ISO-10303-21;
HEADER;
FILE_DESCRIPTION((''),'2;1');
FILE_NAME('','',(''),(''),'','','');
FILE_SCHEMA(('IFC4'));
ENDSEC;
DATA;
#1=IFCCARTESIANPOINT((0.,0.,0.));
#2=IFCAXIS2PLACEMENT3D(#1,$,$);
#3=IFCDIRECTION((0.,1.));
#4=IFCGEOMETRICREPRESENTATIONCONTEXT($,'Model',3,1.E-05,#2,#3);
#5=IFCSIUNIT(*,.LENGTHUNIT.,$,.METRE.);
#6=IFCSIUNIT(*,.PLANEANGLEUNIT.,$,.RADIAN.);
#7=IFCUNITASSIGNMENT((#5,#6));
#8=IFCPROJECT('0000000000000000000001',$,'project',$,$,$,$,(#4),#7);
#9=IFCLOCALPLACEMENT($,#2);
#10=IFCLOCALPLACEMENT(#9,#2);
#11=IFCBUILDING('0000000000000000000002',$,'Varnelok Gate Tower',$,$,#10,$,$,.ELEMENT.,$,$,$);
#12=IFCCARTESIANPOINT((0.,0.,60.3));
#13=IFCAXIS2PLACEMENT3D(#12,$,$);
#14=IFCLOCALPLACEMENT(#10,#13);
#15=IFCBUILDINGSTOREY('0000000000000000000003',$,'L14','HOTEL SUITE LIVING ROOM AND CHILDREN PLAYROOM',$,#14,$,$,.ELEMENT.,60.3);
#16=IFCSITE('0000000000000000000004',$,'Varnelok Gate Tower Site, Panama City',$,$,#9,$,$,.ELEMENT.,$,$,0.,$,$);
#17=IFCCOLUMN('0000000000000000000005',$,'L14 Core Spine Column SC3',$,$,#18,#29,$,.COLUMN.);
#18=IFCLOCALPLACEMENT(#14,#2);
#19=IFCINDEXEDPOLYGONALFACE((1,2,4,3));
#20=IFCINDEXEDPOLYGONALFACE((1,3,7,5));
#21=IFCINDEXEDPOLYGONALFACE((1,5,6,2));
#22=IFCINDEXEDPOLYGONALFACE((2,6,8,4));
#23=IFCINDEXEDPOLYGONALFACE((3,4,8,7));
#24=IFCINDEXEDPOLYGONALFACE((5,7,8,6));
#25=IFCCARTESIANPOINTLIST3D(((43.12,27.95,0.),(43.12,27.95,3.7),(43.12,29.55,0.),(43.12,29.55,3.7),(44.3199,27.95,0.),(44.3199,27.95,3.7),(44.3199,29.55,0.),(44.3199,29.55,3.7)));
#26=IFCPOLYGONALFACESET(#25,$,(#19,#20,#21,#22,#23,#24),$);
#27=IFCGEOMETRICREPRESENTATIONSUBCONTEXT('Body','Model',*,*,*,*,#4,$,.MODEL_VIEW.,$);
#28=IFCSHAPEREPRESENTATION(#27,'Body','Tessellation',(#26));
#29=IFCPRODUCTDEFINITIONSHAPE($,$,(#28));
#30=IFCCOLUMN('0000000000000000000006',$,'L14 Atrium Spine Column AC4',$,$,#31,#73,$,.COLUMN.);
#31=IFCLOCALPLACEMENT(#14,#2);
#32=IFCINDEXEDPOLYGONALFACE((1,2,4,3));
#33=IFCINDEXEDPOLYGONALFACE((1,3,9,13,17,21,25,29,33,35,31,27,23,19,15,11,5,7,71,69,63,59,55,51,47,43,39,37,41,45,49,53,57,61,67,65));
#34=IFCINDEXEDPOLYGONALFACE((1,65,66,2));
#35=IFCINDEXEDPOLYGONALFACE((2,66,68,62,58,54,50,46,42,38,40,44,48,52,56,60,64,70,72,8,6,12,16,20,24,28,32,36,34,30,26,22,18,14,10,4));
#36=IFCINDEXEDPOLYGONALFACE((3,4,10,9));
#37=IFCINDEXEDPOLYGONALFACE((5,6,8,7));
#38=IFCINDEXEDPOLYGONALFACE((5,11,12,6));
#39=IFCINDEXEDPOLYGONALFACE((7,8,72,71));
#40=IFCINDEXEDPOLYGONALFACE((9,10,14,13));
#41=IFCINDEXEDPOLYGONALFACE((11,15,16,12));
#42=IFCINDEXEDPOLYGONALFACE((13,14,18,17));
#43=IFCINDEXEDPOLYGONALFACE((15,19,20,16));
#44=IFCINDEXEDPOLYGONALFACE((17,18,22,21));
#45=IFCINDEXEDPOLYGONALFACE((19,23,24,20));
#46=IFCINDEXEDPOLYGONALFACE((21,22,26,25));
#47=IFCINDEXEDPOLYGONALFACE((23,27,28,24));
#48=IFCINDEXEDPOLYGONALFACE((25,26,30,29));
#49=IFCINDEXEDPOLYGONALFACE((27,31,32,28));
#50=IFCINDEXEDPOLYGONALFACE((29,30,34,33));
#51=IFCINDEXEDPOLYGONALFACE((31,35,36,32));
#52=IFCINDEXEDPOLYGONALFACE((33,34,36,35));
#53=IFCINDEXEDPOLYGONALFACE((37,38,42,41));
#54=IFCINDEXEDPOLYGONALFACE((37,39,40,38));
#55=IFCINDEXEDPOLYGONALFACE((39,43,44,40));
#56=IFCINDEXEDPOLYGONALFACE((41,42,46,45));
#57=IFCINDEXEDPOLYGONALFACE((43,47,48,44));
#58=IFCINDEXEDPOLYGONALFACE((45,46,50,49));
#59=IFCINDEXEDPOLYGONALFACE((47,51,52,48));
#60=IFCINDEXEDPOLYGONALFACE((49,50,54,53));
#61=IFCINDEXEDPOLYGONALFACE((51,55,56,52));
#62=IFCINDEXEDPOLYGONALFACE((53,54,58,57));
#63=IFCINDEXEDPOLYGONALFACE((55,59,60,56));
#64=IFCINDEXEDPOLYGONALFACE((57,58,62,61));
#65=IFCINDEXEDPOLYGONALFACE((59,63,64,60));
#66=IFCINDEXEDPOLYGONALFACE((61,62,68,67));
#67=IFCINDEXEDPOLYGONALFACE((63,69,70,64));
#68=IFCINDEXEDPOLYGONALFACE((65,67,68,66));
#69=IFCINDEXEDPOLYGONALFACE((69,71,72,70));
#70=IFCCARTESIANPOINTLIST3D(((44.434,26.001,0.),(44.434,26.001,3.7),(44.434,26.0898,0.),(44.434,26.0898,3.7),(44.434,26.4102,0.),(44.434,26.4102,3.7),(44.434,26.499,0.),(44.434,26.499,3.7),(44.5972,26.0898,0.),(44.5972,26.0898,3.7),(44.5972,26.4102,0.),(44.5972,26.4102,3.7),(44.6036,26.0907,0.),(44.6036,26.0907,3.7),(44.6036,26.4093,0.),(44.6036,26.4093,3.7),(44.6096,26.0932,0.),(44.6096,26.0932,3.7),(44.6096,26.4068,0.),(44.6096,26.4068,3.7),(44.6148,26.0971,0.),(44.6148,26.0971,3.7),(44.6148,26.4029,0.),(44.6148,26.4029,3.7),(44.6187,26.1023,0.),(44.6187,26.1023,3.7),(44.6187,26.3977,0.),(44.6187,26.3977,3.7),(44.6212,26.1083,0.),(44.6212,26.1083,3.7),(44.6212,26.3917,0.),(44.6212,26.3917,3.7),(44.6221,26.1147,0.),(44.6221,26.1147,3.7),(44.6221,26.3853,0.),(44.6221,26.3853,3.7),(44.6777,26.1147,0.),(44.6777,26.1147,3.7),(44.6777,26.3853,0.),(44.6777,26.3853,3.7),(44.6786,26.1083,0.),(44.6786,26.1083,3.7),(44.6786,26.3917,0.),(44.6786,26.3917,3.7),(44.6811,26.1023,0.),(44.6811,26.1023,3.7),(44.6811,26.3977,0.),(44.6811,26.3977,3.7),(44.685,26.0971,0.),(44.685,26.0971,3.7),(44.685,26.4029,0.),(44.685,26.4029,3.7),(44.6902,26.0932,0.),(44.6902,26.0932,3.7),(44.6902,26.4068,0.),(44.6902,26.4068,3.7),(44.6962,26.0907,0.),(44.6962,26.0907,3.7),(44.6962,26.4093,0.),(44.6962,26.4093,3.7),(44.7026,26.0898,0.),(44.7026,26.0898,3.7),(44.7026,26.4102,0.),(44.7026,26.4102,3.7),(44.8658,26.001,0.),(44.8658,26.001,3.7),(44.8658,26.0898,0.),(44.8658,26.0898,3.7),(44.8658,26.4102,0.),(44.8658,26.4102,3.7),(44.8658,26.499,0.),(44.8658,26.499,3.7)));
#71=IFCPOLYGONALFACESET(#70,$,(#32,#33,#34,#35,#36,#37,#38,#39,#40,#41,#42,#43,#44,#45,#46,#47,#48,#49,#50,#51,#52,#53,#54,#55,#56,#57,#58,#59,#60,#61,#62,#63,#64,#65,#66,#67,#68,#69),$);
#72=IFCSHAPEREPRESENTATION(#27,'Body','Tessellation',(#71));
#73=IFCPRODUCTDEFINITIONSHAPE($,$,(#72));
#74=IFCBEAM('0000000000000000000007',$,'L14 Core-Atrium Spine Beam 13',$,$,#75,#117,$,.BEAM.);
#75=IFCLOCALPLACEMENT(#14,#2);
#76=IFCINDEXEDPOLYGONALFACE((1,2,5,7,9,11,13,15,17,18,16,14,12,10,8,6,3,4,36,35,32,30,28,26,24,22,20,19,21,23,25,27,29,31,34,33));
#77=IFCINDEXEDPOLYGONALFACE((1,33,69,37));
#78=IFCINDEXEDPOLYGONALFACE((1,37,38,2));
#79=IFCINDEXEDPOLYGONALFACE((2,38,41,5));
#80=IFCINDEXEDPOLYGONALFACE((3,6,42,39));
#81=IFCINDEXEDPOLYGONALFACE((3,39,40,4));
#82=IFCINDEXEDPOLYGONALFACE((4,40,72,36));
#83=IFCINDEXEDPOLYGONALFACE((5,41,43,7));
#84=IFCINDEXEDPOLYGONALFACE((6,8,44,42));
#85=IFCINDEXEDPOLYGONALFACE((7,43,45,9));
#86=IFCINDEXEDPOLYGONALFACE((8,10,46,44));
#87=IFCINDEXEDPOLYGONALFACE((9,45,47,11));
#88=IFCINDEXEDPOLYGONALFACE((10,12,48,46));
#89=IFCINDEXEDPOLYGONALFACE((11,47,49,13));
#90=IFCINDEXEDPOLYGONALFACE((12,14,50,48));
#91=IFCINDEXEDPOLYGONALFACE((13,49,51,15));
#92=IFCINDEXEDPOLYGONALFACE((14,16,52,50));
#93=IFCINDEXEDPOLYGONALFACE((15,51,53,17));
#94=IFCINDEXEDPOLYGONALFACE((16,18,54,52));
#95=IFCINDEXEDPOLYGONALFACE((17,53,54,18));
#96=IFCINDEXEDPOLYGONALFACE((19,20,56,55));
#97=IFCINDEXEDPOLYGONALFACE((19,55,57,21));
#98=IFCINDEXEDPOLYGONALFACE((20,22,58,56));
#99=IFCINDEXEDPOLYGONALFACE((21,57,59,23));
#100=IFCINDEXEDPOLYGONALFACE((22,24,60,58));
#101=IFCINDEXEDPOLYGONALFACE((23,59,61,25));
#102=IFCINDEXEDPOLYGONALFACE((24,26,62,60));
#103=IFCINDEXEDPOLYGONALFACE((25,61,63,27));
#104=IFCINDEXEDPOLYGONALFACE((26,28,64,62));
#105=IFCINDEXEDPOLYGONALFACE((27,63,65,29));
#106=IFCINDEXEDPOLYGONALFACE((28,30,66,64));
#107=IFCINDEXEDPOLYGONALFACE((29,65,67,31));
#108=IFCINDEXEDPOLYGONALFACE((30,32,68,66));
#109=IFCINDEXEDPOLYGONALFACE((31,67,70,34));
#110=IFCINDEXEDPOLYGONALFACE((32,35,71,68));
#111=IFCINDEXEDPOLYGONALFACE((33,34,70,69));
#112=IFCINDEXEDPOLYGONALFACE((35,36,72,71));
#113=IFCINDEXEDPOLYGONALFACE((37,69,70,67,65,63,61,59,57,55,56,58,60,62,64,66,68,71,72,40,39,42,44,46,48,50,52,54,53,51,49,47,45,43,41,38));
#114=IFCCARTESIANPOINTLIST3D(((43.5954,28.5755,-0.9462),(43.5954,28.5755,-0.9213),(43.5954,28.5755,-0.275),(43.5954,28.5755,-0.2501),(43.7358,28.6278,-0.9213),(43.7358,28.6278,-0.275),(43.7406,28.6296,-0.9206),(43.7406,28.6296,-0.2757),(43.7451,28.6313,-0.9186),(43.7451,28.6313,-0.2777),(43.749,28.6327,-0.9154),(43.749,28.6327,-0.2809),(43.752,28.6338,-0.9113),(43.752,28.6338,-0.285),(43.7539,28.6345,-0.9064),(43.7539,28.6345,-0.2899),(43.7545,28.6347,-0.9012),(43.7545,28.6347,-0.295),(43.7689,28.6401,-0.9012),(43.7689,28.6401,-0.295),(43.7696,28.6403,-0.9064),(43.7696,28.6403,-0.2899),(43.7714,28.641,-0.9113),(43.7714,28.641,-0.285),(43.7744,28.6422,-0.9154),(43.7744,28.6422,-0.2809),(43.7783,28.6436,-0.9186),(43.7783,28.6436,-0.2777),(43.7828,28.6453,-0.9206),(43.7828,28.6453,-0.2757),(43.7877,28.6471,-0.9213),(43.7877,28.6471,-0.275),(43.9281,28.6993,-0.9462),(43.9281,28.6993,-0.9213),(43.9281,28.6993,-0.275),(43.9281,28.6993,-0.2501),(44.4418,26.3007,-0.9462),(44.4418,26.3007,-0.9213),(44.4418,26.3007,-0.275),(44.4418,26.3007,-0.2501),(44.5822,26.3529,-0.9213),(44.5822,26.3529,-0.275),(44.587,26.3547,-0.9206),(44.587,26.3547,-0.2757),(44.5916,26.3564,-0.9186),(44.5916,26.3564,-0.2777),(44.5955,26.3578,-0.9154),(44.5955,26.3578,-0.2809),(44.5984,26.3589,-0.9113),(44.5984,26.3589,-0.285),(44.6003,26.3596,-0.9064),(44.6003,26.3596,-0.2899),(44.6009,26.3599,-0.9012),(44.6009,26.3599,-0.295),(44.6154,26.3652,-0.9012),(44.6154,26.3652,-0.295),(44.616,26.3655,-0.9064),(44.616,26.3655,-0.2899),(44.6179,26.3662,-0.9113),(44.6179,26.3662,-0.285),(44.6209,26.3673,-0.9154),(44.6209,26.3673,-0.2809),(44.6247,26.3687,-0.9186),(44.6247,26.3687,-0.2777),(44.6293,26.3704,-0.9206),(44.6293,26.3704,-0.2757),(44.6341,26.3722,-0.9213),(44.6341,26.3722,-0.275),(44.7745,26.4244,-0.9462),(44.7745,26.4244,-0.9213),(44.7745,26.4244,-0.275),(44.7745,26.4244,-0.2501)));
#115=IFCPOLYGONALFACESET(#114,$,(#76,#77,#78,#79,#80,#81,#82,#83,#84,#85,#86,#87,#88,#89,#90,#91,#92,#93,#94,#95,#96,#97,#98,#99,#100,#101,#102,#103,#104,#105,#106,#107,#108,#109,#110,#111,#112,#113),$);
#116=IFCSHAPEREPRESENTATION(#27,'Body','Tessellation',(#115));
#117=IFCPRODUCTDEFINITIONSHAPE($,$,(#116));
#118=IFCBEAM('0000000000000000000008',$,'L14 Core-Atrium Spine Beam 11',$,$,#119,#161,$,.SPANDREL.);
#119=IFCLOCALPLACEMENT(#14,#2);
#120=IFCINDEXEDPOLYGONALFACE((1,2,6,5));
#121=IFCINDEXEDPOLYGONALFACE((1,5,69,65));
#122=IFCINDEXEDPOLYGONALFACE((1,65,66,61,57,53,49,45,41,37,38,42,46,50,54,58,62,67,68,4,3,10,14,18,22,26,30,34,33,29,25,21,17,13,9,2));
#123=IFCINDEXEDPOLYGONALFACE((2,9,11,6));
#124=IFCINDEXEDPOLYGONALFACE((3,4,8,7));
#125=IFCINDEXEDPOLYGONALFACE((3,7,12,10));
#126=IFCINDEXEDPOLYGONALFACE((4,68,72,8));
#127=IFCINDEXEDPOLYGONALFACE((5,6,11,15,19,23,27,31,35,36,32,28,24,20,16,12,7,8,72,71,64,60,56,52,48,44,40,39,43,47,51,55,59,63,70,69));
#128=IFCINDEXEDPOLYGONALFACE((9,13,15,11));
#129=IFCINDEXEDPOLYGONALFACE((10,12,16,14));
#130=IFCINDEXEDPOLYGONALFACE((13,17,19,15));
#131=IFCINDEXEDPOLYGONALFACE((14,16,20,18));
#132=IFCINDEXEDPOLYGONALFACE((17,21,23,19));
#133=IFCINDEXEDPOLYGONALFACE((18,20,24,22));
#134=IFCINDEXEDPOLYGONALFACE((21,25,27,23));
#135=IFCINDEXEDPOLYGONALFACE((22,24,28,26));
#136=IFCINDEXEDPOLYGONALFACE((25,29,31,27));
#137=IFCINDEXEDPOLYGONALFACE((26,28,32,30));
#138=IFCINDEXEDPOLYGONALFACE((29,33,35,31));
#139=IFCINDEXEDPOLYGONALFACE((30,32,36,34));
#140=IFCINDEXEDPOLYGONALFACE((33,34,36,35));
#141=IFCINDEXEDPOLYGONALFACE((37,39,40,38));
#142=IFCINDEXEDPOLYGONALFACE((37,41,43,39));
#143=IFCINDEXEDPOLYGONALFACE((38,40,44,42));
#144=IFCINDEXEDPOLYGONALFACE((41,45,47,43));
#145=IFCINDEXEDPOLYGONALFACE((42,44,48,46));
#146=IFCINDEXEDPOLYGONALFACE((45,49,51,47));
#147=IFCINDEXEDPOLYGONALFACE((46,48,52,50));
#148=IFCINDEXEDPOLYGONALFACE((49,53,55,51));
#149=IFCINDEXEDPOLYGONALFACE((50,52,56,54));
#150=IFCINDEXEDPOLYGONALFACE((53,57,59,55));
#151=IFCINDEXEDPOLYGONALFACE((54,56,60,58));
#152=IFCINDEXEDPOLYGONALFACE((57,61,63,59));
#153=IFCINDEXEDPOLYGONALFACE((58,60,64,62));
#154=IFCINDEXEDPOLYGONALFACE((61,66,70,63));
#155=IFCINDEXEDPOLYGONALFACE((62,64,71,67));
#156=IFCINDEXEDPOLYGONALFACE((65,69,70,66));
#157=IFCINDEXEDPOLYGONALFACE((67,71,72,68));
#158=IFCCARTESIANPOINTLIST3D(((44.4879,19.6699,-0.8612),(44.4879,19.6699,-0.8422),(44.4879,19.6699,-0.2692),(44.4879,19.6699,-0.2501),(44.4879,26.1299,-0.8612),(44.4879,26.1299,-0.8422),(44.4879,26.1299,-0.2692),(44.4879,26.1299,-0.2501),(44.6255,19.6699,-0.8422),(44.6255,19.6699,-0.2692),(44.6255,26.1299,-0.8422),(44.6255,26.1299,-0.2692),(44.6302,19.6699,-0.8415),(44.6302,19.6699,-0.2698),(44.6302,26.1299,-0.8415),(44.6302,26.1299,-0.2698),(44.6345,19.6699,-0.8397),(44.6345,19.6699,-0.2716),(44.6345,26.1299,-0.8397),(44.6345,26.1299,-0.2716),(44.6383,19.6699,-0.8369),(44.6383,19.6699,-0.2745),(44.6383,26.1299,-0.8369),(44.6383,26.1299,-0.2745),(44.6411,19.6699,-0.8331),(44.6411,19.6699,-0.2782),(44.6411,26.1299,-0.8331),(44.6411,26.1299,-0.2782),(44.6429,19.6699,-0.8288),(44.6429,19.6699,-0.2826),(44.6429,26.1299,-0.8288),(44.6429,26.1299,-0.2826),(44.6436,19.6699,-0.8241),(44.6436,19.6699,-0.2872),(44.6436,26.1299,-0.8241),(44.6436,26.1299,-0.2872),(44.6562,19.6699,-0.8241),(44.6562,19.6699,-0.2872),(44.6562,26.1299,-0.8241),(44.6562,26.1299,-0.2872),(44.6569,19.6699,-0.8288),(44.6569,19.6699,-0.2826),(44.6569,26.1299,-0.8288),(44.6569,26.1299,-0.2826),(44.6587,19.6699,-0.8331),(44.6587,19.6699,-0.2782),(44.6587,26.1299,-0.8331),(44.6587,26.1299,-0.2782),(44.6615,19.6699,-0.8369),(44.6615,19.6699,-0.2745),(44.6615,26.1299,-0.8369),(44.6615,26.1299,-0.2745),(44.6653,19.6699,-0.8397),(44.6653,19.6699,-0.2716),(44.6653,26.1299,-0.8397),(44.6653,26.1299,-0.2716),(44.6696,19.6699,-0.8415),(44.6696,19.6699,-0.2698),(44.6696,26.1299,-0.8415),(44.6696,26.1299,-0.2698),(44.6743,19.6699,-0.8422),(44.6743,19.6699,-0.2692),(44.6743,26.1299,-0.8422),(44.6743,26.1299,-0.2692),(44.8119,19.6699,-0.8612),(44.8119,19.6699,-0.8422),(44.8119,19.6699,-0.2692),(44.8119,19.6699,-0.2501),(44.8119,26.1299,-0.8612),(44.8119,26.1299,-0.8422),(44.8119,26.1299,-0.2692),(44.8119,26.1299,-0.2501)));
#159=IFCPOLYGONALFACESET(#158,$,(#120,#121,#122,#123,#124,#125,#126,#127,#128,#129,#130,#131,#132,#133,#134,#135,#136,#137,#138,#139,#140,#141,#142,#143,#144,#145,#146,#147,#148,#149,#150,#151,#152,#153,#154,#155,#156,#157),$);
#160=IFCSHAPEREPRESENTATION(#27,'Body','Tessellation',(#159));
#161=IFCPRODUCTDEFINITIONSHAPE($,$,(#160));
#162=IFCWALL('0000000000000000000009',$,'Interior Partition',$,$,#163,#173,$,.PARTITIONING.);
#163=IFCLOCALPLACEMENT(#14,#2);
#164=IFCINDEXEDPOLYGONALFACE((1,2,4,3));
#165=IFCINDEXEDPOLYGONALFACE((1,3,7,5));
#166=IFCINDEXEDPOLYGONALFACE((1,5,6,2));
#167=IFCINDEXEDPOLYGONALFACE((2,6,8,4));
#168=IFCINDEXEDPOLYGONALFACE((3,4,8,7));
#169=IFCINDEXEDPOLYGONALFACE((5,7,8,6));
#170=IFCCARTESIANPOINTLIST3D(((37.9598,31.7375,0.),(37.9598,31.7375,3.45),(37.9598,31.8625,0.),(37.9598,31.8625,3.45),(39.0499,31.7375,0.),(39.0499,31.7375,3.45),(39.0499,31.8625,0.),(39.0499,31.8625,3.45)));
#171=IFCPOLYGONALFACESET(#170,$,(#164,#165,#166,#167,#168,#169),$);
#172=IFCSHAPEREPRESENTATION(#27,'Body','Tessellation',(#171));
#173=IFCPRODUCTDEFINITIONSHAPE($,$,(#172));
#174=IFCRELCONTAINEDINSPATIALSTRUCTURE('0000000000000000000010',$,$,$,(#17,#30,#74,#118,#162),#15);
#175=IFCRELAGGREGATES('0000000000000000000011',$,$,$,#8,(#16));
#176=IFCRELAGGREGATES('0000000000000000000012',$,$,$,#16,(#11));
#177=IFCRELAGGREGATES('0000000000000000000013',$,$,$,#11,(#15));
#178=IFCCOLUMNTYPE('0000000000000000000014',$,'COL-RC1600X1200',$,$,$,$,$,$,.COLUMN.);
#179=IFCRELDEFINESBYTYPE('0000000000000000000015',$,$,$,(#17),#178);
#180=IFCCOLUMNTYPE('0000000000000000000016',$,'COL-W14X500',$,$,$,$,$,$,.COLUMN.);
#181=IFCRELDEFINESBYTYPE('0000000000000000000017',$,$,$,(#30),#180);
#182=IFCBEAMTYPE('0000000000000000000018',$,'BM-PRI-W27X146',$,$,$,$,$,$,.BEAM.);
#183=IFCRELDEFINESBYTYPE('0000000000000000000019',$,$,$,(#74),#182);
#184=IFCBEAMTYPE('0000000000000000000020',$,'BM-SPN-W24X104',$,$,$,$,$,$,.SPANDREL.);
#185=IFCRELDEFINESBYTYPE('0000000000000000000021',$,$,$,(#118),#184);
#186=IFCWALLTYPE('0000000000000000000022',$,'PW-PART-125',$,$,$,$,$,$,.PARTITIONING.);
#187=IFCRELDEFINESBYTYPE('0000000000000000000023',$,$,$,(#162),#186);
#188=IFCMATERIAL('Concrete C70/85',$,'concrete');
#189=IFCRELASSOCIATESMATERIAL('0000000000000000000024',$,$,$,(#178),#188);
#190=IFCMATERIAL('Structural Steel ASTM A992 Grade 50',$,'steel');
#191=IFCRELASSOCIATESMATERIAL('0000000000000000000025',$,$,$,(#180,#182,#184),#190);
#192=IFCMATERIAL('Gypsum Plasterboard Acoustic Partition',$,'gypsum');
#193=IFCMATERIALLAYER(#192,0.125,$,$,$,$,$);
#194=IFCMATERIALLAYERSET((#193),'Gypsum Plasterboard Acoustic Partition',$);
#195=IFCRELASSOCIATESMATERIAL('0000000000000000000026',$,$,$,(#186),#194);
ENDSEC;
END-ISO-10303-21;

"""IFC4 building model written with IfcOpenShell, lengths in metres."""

from ifc_helpers import new_model, si_unit, direction, frame, frame_2d, origin, origin_2d, place, context, subcontext, project, spatial, rectangle, i_section, extrude, material, layer, layer_set, material_profile, profile_set, type_object, element, save


model = new_model("IFC4")

# Units and contexts
model_context = context("Model", 3, precision=1e-05, world=origin(), true_north=direction((0.0, 1.0)))
body_context = subcontext(model_context, "Body", "Model", "MODEL_VIEW")
ifc_project = project(units=[si_unit("LENGTHUNIT", "METRE"), si_unit("PLANEANGLEUNIT", "RADIAN")], contexts=[model_context])

# Site, building, storey
site_placement = place(None, origin())
site = spatial("IfcSite", under=ifc_project, at=site_placement, Name="Varnelok Gate Tower Site, Panama City", CompositionType="ELEMENT", RefElevation=0.0)
building_placement = place(site_placement, origin())
building = spatial("IfcBuilding", under=site, at=building_placement, Name="Varnelok Gate Tower", CompositionType="ELEMENT")
storey_placement = place(building_placement, frame((0.0, 0.0, 60.3)))
storey = spatial("IfcBuildingStorey", under=building, at=storey_placement, Name="L14", Description="HOTEL SUITE LIVING ROOM AND CHILDREN PLAYROOM", CompositionType="ELEMENT", Elevation=60.3)

# Columns
ifc_material_1 = material(Name="Concrete C70/85", Category="concrete")
ifc_material_profile_1 = material_profile(ifc_material_1, rectangle(XDim=1.2, YDim=1.6001, at=origin_2d()), Name="RC1600X1200")
ifc_profile_set_1 = profile_set([ifc_material_profile_1], Name="Concrete C70/85")
column_type_1 = type_object("IfcColumnType", Name="COL-RC1600X1200", PredefinedType="COLUMN", material=ifc_profile_set_1)
column_1_placement = place(storey_placement, frame((43.72, 28.75, 0.0), z_axis=(0.0, 0.0, 1.0), x_axis=(1.0, 0.0, 0.0)))
element("IfcColumn", 1, at=column_1_placement, inside=storey, type_object=column_type_1, Name="L14 Core Spine Column SC3", PredefinedType="COLUMN", context=body_context, shape_type="SweptSolid", body=[
    extrude(rectangle(XDim=1.2, YDim=1.6001, at=origin_2d()), origin(), (0.0, 0.0, 1.0), 3.7),
])
ifc_material_2 = material(Name="Structural Steel ASTM A992 Grade 50", Category="steel")
ifc_material_profile_2 = material_profile(ifc_material_2, i_section(OverallWidth=0.4319, OverallDepth=0.498, WebThickness=0.0557, FlangeThickness=0.0889, FilletRadius=0.0249, at=origin_2d()), Name="W14X500")
ifc_profile_set_2 = profile_set([ifc_material_profile_2], Name="Structural Steel ASTM A992 Grade 50")
column_type_2 = type_object("IfcColumnType", Name="COL-W14X500", PredefinedType="COLUMN", material=ifc_profile_set_2)
column_2_placement = place(storey_placement, frame((44.6499, 26.25, 0.0), z_axis=(0.0, 0.0, 1.0), x_axis=(1.0, 0.0, 0.0)))
element("IfcColumn", 2, at=column_2_placement, inside=storey, type_object=column_type_2, Name="L14 Atrium Spine Column AC4", PredefinedType="COLUMN", context=body_context, shape_type="SweptSolid", body=[
    extrude(i_section(OverallWidth=0.4319, OverallDepth=0.498, WebThickness=0.0557, FlangeThickness=0.0889, FilletRadius=0.0249, at=origin_2d()), origin(), (0.0, 0.0, 1.0), 3.7),
])

# Beams
ifc_material_profile_3 = material_profile(ifc_material_2, i_section(OverallWidth=0.355, OverallDepth=0.696, WebThickness=0.0154, FlangeThickness=0.0249, FilletRadius=0.02, at=origin_2d()), Name="W27X146")
ifc_profile_set_3 = profile_set([ifc_material_profile_3], Name="Structural Steel ASTM A992 Grade 50")
beam_type_1 = type_object("IfcBeamType", Name="BM-PRI-W27X146", PredefinedType="BEAM", material=ifc_profile_set_3)
beam_1_placement = place(storey_placement, frame((44.6082, 26.3625, -0.5981), z_axis=(-0.348719, 0.937227, 0.0), x_axis=(-0.937227, -0.348719, 0.0)))
element("IfcBeam", 3, at=beam_1_placement, inside=storey, type_object=beam_type_1, Name="L14 Core-Atrium Spine Beam 13", PredefinedType="BEAM", context=body_context, shape_type="SweptSolid", body=[
    extrude(i_section(OverallWidth=0.355, OverallDepth=0.696, WebThickness=0.0154, FlangeThickness=0.0249, FilletRadius=0.02, at=origin_2d()), origin(), (0.0, 0.0, 1.0), 2.4272),
])
ifc_material_profile_4 = material_profile(ifc_material_2, i_section(OverallWidth=0.324, OverallDepth=0.6111, WebThickness=0.0127, FlangeThickness=0.019, FilletRadius=0.0181, at=origin_2d()), Name="W24X104")
ifc_profile_set_4 = profile_set([ifc_material_profile_4], Name="Structural Steel ASTM A992 Grade 50")
beam_type_2 = type_object("IfcBeamType", Name="BM-SPN-W24X104", PredefinedType="SPANDREL", material=ifc_profile_set_4)
beam_2_placement = place(storey_placement, frame((44.6499, 19.6699, -0.5557), z_axis=(0.0, 1.0, 0.0), x_axis=(-1.0, 0.0, 0.0)))
element("IfcBeam", 4, at=beam_2_placement, inside=storey, type_object=beam_type_2, Name="L14 Core-Atrium Spine Beam 11", PredefinedType="SPANDREL", context=body_context, shape_type="SweptSolid", body=[
    extrude(i_section(OverallWidth=0.324, OverallDepth=0.6111, WebThickness=0.0127, FlangeThickness=0.019, FilletRadius=0.0181, at=origin_2d()), origin(), (0.0, 0.0, 1.0), 6.46),
])

# Wall
ifc_material_3 = material(Name="Gypsum Plasterboard Acoustic Partition", Category="gypsum")
ifc_layer_1 = layer(ifc_material_3, 0.125)
ifc_layer_set_1 = layer_set([ifc_layer_1], Name="Gypsum Plasterboard Acoustic Partition")
wall_type_1 = type_object("IfcWallType", Name="PW-PART-125", PredefinedType="PARTITIONING", material=ifc_layer_set_1)
wall_1_placement = place(storey_placement, frame((37.96, 31.8, 0.0), z_axis=(0.0, 0.0, 1.0), x_axis=(1.0, 0.0, 0.0)))
element("IfcWall", 5, at=wall_1_placement, inside=storey, type_object=wall_type_1, Name="Interior Partition", PredefinedType="PARTITIONING", context=body_context, shape_type="SweptSolid", body=[
    extrude(rectangle(XDim=1.0901, YDim=0.125, at=frame_2d((0.5449, 0.0))), origin(), (0.0, 0.0, 1.0), 3.45),
])

save(model, "model.ifc")
